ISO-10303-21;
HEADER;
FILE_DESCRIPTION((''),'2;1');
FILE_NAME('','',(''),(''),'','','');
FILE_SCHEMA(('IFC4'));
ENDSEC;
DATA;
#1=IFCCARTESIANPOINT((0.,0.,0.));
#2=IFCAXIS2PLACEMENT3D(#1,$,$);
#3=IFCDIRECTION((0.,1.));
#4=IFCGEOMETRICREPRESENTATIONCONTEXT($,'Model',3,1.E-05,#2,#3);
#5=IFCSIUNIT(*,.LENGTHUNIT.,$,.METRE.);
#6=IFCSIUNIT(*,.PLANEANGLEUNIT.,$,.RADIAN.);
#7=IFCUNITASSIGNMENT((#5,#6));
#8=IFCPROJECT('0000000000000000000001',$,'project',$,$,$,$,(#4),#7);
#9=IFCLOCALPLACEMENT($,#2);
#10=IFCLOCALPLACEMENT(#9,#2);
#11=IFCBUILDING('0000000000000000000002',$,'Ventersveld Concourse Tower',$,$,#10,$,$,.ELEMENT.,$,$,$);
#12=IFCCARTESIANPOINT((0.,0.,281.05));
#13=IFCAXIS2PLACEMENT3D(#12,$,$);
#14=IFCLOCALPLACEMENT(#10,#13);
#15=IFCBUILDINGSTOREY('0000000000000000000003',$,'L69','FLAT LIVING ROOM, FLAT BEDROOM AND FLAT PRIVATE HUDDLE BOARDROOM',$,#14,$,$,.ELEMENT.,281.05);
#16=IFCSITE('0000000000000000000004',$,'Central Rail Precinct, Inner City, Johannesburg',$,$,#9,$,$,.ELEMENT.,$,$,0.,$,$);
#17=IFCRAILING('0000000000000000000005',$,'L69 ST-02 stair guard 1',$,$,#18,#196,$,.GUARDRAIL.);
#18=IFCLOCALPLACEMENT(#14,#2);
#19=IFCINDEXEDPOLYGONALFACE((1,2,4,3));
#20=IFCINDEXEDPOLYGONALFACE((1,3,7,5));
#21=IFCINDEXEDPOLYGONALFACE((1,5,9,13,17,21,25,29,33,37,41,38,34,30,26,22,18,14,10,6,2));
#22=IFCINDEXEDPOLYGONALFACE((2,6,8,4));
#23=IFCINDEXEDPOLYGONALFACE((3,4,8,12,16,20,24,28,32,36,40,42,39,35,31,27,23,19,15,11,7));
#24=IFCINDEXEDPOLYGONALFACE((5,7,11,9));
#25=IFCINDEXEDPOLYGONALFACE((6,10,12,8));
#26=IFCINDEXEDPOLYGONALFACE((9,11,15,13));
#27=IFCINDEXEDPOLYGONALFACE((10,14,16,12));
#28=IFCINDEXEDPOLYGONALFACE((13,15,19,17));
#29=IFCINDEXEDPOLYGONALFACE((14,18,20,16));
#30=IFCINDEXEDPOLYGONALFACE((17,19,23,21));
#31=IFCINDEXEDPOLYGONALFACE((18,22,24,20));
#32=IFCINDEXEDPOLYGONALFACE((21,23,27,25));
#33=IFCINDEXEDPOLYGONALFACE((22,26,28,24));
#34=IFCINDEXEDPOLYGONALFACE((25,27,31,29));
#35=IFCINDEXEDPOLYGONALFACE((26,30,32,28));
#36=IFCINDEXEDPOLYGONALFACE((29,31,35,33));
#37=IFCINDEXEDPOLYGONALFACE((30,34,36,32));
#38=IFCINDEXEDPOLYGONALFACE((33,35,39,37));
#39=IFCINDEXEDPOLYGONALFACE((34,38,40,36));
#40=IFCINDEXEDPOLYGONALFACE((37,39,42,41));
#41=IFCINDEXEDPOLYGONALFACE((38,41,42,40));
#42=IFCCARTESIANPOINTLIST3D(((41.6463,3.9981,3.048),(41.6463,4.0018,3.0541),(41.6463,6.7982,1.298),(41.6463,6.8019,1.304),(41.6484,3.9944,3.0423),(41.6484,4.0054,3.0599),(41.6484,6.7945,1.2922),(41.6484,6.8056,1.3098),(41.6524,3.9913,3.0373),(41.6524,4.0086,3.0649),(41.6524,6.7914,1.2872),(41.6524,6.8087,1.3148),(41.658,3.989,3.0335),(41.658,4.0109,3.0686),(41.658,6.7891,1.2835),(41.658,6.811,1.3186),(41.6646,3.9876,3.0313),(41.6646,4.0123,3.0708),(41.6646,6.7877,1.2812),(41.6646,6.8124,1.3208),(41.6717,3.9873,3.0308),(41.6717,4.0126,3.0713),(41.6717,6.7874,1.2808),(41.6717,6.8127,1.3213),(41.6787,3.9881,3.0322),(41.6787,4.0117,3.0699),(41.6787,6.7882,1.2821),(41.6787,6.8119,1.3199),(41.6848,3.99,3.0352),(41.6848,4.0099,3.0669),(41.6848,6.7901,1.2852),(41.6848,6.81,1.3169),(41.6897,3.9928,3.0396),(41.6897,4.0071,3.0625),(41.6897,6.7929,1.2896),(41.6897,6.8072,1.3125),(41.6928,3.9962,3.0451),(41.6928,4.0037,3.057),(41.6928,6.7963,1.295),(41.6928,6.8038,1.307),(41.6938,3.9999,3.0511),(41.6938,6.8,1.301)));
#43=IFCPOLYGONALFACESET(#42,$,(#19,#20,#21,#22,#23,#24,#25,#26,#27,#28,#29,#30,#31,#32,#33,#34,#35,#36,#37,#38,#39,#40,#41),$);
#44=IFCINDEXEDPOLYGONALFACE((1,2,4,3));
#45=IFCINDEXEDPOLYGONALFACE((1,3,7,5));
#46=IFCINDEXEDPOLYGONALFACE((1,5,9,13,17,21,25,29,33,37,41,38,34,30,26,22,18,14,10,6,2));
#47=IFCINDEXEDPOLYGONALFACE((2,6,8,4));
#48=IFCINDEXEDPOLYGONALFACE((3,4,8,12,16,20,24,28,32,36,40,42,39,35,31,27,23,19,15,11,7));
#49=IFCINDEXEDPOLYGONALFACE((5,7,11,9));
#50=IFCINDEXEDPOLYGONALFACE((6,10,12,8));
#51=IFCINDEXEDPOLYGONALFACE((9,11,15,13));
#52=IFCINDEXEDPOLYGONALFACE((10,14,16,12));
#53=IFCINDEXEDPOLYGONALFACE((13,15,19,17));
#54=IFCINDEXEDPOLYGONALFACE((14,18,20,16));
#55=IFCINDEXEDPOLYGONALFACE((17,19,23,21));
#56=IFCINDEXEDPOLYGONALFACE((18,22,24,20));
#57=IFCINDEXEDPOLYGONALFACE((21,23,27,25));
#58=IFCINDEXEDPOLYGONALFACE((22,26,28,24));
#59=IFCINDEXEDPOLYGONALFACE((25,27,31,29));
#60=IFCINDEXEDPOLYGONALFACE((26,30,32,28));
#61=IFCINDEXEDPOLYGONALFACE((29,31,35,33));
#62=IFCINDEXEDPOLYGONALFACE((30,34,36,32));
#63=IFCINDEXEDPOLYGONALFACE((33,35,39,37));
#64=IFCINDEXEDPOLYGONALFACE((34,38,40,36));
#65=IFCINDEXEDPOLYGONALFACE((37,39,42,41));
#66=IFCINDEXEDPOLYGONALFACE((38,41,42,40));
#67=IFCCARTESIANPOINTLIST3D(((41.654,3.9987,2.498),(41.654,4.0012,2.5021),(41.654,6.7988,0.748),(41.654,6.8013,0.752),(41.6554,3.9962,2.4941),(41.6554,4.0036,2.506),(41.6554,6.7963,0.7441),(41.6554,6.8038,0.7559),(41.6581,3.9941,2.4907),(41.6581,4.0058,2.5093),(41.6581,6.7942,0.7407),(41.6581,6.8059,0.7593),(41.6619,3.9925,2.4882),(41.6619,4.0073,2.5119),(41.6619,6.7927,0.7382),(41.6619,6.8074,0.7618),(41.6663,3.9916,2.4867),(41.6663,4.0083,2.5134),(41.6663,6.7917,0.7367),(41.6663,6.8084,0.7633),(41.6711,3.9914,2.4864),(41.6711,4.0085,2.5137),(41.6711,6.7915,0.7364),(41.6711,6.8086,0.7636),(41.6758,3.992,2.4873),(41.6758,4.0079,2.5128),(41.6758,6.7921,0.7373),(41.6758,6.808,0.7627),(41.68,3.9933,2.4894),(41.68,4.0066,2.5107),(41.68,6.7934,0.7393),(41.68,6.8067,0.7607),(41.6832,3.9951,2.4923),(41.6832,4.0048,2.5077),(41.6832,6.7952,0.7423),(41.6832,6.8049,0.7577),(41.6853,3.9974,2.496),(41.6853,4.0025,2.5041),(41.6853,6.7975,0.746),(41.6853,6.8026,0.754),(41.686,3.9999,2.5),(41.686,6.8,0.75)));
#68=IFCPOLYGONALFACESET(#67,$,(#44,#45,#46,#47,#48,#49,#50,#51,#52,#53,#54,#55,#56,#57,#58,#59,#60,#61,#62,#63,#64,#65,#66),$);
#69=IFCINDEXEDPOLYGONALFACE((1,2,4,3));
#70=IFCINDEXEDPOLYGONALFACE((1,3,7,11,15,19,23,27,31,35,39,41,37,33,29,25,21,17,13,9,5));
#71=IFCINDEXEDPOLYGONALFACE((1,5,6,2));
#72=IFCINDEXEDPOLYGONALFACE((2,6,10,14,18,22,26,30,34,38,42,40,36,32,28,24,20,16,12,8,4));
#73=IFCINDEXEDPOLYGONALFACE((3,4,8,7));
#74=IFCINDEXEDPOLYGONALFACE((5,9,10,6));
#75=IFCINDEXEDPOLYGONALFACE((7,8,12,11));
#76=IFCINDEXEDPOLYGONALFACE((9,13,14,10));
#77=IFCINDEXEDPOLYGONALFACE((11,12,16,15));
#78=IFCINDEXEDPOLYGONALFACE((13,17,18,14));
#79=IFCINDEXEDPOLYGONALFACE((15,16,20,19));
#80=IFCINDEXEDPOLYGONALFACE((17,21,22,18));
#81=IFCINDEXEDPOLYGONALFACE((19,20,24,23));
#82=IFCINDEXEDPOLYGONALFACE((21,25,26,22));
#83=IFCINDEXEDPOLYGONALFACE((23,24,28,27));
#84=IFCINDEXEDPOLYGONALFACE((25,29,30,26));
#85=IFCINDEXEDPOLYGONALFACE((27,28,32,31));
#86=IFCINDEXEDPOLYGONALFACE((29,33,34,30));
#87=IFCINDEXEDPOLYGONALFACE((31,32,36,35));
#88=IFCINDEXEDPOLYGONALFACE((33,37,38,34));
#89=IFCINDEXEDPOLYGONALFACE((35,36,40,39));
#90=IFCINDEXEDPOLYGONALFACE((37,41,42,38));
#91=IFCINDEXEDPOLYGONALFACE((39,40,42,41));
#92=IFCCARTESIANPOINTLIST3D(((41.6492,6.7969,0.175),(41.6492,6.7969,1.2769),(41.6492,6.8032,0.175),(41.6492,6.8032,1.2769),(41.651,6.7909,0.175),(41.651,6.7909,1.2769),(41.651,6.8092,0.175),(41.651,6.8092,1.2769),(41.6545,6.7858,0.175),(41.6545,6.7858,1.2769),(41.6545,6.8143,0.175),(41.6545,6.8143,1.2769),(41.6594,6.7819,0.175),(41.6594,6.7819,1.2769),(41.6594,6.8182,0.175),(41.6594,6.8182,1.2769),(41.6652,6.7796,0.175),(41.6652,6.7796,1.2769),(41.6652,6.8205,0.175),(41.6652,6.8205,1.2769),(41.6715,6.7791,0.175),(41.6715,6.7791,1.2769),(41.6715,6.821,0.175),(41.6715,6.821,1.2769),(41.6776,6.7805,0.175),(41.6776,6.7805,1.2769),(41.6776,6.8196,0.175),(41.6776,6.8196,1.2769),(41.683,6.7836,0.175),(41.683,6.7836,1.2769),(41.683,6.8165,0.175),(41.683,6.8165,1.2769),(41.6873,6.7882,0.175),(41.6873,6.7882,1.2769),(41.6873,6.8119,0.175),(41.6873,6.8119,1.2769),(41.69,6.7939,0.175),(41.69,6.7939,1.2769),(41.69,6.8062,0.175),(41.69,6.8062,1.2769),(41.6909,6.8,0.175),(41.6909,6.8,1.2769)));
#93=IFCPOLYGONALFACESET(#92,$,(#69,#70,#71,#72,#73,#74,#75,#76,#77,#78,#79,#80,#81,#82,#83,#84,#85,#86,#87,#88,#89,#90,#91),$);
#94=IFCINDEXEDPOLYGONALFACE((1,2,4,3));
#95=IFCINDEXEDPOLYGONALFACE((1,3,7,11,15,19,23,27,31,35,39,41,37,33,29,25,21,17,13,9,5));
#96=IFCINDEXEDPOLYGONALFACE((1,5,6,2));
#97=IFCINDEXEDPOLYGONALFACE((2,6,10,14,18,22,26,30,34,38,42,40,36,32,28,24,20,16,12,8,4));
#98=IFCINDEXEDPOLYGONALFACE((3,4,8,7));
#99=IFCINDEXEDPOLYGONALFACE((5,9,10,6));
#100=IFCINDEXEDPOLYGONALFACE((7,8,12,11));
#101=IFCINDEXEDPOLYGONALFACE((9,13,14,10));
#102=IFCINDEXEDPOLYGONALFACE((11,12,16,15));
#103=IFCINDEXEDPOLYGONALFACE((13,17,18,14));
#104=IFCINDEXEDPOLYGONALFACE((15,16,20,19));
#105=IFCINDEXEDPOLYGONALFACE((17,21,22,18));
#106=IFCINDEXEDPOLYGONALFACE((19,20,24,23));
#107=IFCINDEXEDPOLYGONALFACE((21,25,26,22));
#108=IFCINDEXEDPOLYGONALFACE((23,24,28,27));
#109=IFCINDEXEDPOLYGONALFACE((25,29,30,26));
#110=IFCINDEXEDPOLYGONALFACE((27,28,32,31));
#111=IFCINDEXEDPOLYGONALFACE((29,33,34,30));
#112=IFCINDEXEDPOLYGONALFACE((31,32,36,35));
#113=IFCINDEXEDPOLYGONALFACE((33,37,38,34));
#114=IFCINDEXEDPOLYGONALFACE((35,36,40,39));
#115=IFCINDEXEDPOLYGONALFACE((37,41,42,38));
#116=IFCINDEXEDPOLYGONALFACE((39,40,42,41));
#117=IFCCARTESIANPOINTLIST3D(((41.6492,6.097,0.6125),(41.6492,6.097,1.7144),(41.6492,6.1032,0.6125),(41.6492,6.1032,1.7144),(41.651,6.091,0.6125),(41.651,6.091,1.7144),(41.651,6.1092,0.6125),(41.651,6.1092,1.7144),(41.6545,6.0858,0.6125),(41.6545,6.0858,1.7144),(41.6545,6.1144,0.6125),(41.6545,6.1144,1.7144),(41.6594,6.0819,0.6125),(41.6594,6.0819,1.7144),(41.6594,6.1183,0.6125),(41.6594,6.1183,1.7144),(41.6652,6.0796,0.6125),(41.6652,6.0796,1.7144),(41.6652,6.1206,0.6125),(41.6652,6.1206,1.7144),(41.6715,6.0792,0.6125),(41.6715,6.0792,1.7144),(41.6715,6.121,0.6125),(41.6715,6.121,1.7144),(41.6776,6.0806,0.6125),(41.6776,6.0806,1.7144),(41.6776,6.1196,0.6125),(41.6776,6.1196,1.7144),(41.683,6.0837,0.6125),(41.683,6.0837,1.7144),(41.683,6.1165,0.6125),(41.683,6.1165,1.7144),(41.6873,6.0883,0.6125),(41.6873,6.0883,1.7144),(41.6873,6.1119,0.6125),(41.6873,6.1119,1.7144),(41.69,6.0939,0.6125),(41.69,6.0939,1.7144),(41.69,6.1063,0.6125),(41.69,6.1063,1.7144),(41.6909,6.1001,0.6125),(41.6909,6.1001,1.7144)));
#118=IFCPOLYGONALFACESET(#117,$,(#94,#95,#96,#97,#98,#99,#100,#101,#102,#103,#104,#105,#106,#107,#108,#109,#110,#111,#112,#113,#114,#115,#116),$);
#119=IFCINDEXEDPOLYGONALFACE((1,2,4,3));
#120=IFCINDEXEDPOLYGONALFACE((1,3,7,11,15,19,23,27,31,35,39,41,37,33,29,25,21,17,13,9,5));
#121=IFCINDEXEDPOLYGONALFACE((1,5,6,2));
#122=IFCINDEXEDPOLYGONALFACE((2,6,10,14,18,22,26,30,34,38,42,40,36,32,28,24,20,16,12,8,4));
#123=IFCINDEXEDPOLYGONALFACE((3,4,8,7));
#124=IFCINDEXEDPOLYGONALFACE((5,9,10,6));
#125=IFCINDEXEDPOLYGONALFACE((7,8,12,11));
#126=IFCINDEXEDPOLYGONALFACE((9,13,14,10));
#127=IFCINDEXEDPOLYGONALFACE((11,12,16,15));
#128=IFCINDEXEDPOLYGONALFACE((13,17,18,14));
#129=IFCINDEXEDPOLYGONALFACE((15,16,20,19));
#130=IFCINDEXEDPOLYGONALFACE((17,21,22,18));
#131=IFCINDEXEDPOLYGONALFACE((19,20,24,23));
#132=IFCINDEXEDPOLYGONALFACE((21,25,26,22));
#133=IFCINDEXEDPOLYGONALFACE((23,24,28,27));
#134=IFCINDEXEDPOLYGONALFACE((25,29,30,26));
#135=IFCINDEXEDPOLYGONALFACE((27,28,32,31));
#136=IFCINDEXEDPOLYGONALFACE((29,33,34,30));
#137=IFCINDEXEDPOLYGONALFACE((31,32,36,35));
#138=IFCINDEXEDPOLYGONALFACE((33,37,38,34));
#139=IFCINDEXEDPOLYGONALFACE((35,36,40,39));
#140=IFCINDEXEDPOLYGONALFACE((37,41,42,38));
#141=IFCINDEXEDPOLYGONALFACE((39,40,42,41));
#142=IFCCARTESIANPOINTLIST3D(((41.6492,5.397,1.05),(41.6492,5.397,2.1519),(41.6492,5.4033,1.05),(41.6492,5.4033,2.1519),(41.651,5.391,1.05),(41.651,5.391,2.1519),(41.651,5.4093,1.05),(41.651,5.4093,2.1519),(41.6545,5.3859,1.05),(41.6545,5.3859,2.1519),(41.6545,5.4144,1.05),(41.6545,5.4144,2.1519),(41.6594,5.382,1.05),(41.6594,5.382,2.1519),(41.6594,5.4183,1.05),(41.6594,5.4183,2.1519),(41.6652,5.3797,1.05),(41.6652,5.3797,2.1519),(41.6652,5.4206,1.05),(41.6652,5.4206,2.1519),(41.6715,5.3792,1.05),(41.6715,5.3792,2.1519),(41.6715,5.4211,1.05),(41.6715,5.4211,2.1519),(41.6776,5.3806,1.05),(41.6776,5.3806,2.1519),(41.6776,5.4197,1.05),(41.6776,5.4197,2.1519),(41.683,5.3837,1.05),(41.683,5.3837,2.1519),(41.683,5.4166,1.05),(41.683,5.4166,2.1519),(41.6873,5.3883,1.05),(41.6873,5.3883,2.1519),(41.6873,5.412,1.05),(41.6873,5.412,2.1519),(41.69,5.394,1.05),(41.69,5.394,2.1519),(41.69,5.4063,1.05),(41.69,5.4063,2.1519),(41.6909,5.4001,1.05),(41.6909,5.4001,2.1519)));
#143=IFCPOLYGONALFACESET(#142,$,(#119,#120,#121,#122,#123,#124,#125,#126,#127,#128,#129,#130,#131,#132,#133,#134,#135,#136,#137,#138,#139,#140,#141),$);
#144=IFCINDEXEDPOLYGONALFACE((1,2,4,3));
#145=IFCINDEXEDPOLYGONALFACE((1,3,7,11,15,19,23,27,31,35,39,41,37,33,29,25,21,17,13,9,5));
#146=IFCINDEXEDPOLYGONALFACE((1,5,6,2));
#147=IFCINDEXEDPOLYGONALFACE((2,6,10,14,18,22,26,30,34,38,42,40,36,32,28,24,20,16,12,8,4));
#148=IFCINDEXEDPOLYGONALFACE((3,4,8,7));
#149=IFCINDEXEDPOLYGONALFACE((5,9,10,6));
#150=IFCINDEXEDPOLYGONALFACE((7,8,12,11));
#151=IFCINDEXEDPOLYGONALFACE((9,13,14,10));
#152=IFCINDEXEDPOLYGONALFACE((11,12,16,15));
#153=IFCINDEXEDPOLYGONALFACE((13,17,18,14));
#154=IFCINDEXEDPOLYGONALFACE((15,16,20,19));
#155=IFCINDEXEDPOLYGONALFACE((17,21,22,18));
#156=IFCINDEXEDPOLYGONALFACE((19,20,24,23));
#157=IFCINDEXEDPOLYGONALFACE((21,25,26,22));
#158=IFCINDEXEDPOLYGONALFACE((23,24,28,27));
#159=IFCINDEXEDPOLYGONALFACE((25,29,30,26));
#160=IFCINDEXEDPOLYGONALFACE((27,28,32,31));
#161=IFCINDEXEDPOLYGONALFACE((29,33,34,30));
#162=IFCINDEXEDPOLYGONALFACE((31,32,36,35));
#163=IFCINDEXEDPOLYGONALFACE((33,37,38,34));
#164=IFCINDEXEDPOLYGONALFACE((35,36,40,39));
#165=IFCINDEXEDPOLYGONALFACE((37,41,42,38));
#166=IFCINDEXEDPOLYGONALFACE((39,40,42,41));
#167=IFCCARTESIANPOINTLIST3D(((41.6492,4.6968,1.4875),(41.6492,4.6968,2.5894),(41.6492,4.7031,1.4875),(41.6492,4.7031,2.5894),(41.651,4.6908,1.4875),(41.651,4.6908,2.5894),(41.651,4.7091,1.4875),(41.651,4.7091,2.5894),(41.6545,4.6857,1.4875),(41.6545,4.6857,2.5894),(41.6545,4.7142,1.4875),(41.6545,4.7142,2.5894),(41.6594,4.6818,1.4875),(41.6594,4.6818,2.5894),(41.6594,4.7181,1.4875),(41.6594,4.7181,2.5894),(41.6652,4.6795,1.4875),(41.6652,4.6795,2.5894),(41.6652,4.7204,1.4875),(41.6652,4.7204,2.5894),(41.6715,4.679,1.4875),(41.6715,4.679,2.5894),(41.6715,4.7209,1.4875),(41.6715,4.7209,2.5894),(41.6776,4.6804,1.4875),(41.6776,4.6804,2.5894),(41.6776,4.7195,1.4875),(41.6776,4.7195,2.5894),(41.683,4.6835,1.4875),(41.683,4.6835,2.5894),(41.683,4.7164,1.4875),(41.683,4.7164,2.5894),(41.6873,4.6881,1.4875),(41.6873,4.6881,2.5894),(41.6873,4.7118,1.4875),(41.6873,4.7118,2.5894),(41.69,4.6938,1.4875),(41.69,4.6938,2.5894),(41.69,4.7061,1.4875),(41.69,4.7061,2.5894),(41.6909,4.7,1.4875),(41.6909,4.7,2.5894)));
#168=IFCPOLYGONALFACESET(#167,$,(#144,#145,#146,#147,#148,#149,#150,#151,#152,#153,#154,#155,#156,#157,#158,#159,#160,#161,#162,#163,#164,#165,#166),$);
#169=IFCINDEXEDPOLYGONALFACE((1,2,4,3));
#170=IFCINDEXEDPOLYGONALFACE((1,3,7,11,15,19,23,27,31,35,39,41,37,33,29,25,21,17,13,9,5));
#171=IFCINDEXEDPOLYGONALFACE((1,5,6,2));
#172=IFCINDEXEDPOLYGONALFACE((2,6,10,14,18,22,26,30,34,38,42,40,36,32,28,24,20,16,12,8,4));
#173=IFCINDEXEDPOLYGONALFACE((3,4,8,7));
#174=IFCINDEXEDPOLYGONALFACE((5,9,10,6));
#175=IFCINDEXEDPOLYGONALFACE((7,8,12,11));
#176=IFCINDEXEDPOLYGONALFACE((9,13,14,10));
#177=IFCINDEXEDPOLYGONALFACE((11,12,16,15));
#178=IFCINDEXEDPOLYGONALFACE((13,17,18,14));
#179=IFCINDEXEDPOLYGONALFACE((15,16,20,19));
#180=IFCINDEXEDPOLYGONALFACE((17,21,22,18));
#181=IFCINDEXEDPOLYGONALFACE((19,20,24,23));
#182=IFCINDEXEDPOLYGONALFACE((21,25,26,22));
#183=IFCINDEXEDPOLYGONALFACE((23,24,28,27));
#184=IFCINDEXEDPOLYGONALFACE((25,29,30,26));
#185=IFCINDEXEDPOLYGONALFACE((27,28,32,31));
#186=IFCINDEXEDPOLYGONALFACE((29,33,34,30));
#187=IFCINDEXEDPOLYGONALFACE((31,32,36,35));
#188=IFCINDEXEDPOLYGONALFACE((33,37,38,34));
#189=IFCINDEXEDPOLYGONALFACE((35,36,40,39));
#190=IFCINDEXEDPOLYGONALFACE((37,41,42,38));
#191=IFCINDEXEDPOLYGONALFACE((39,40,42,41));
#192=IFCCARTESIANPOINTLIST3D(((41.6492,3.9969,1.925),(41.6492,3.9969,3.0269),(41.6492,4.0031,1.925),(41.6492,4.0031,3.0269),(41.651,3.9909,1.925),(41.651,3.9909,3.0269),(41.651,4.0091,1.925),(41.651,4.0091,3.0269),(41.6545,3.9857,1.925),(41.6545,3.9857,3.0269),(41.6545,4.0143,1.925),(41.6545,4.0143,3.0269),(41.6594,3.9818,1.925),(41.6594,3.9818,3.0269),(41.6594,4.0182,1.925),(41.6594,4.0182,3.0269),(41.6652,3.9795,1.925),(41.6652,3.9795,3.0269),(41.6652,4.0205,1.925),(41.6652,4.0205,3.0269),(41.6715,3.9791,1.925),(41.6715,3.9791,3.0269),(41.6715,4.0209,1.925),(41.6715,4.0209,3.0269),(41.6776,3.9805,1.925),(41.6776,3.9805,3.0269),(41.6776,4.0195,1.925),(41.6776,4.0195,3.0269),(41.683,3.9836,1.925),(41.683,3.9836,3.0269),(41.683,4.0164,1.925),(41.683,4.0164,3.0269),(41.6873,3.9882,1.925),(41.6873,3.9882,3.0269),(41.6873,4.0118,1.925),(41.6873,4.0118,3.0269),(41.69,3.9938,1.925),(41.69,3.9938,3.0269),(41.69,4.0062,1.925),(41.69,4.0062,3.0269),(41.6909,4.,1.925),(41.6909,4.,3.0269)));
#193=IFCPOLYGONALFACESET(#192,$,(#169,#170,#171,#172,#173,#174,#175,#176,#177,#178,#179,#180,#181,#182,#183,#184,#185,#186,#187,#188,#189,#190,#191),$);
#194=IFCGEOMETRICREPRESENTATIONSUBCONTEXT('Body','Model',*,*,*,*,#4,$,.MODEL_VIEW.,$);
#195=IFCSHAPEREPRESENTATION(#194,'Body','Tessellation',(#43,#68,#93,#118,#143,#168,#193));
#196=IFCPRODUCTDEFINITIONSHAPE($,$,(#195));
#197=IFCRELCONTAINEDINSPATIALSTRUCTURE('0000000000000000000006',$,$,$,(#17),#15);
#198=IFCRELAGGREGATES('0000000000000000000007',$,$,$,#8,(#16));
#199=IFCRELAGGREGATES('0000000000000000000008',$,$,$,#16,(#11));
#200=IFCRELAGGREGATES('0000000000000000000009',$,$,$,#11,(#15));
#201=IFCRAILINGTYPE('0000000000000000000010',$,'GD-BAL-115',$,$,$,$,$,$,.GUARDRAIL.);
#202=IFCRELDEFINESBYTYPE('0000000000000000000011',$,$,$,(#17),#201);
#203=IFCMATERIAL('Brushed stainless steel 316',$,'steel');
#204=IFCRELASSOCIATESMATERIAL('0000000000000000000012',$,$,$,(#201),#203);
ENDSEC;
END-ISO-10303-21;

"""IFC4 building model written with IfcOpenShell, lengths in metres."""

from ifc_helpers import new_model, si_unit, direction, frame, origin, origin_2d, place, context, subcontext, project, spatial, circle, extrude, material, type_object, element, save


model = new_model("IFC4")

# Units and contexts
model_context = context("Model", 3, precision=1e-05, world=origin(), true_north=direction((0.0, 1.0)))
body_context = subcontext(model_context, "Body", "Model", "MODEL_VIEW")
ifc_project = project(units=[si_unit("LENGTHUNIT", "METRE"), si_unit("PLANEANGLEUNIT", "RADIAN")], contexts=[model_context])

# Site, building, storey
site_placement = place(None, origin())
site = spatial("IfcSite", under=ifc_project, at=site_placement, Name="Central Rail Precinct, Inner City, Johannesburg", CompositionType="ELEMENT", RefElevation=0.0)
building_placement = place(site_placement, origin())
building = spatial("IfcBuilding", under=site, at=building_placement, Name="Ventersveld Concourse Tower", CompositionType="ELEMENT")
storey_placement = place(building_placement, frame((0.0, 0.0, 281.05)))
storey = spatial("IfcBuildingStorey", under=building, at=storey_placement, Name="L69", Description="FLAT LIVING ROOM, FLAT BEDROOM AND FLAT PRIVATE HUDDLE BOARDROOM", CompositionType="ELEMENT", Elevation=281.05)

# Shared definitions
ifc_material_1 = material(Name="Brushed stainless steel 316", Category="steel")

# Railing
railing_type_1 = type_object("IfcRailingType", Name="GD-BAL-115", PredefinedType="GUARDRAIL", material=ifc_material_1)
railing_1_placement = place(storey_placement, frame((41.6699, 6.8, 0.175)))
element("IfcRailing", 1, at=railing_1_placement, inside=storey, type_object=railing_type_1, Name="L69 ST-02 stair guard 1", PredefinedType="GUARDRAIL", context=body_context, shape_type="SweptSolid", body=[
    extrude(circle(Radius=0.0239, at=origin_2d()), frame((0.0, 0.0, 1.126), z_axis=(0.0, -0.848002, 0.529992), x_axis=(1.0, 0.0, 0.0)), (0.0, 0.0, 1.0), 3.302),
    extrude(circle(Radius=0.0161, at=origin_2d()), frame((0.0, 0.0, 0.575), z_axis=(0.0, -0.848002, 0.529992), x_axis=(1.0, 0.0, 0.0)), (0.0, 0.0, 1.0), 3.302),
    extrude(circle(Radius=0.021, at=origin_2d()), origin(), (0.0, 0.0, 1.0), 1.1018),
    extrude(circle(Radius=0.021, at=origin_2d()), frame((0.0, -0.7, 0.4375)), (0.0, 0.0, 1.0), 1.1018),
    extrude(circle(Radius=0.021, at=origin_2d()), frame((0.0, -1.3999, 0.875)), (0.0, 0.0, 1.0), 1.1018),
    extrude(circle(Radius=0.021, at=origin_2d()), frame((0.0, -2.1001, 1.3125)), (0.0, 0.0, 1.0), 1.1018),
    extrude(circle(Radius=0.021, at=origin_2d()), frame((0.0, -2.8, 1.75)), (0.0, 0.0, 1.0), 1.1018),
])

save(model, "model.ifc")
